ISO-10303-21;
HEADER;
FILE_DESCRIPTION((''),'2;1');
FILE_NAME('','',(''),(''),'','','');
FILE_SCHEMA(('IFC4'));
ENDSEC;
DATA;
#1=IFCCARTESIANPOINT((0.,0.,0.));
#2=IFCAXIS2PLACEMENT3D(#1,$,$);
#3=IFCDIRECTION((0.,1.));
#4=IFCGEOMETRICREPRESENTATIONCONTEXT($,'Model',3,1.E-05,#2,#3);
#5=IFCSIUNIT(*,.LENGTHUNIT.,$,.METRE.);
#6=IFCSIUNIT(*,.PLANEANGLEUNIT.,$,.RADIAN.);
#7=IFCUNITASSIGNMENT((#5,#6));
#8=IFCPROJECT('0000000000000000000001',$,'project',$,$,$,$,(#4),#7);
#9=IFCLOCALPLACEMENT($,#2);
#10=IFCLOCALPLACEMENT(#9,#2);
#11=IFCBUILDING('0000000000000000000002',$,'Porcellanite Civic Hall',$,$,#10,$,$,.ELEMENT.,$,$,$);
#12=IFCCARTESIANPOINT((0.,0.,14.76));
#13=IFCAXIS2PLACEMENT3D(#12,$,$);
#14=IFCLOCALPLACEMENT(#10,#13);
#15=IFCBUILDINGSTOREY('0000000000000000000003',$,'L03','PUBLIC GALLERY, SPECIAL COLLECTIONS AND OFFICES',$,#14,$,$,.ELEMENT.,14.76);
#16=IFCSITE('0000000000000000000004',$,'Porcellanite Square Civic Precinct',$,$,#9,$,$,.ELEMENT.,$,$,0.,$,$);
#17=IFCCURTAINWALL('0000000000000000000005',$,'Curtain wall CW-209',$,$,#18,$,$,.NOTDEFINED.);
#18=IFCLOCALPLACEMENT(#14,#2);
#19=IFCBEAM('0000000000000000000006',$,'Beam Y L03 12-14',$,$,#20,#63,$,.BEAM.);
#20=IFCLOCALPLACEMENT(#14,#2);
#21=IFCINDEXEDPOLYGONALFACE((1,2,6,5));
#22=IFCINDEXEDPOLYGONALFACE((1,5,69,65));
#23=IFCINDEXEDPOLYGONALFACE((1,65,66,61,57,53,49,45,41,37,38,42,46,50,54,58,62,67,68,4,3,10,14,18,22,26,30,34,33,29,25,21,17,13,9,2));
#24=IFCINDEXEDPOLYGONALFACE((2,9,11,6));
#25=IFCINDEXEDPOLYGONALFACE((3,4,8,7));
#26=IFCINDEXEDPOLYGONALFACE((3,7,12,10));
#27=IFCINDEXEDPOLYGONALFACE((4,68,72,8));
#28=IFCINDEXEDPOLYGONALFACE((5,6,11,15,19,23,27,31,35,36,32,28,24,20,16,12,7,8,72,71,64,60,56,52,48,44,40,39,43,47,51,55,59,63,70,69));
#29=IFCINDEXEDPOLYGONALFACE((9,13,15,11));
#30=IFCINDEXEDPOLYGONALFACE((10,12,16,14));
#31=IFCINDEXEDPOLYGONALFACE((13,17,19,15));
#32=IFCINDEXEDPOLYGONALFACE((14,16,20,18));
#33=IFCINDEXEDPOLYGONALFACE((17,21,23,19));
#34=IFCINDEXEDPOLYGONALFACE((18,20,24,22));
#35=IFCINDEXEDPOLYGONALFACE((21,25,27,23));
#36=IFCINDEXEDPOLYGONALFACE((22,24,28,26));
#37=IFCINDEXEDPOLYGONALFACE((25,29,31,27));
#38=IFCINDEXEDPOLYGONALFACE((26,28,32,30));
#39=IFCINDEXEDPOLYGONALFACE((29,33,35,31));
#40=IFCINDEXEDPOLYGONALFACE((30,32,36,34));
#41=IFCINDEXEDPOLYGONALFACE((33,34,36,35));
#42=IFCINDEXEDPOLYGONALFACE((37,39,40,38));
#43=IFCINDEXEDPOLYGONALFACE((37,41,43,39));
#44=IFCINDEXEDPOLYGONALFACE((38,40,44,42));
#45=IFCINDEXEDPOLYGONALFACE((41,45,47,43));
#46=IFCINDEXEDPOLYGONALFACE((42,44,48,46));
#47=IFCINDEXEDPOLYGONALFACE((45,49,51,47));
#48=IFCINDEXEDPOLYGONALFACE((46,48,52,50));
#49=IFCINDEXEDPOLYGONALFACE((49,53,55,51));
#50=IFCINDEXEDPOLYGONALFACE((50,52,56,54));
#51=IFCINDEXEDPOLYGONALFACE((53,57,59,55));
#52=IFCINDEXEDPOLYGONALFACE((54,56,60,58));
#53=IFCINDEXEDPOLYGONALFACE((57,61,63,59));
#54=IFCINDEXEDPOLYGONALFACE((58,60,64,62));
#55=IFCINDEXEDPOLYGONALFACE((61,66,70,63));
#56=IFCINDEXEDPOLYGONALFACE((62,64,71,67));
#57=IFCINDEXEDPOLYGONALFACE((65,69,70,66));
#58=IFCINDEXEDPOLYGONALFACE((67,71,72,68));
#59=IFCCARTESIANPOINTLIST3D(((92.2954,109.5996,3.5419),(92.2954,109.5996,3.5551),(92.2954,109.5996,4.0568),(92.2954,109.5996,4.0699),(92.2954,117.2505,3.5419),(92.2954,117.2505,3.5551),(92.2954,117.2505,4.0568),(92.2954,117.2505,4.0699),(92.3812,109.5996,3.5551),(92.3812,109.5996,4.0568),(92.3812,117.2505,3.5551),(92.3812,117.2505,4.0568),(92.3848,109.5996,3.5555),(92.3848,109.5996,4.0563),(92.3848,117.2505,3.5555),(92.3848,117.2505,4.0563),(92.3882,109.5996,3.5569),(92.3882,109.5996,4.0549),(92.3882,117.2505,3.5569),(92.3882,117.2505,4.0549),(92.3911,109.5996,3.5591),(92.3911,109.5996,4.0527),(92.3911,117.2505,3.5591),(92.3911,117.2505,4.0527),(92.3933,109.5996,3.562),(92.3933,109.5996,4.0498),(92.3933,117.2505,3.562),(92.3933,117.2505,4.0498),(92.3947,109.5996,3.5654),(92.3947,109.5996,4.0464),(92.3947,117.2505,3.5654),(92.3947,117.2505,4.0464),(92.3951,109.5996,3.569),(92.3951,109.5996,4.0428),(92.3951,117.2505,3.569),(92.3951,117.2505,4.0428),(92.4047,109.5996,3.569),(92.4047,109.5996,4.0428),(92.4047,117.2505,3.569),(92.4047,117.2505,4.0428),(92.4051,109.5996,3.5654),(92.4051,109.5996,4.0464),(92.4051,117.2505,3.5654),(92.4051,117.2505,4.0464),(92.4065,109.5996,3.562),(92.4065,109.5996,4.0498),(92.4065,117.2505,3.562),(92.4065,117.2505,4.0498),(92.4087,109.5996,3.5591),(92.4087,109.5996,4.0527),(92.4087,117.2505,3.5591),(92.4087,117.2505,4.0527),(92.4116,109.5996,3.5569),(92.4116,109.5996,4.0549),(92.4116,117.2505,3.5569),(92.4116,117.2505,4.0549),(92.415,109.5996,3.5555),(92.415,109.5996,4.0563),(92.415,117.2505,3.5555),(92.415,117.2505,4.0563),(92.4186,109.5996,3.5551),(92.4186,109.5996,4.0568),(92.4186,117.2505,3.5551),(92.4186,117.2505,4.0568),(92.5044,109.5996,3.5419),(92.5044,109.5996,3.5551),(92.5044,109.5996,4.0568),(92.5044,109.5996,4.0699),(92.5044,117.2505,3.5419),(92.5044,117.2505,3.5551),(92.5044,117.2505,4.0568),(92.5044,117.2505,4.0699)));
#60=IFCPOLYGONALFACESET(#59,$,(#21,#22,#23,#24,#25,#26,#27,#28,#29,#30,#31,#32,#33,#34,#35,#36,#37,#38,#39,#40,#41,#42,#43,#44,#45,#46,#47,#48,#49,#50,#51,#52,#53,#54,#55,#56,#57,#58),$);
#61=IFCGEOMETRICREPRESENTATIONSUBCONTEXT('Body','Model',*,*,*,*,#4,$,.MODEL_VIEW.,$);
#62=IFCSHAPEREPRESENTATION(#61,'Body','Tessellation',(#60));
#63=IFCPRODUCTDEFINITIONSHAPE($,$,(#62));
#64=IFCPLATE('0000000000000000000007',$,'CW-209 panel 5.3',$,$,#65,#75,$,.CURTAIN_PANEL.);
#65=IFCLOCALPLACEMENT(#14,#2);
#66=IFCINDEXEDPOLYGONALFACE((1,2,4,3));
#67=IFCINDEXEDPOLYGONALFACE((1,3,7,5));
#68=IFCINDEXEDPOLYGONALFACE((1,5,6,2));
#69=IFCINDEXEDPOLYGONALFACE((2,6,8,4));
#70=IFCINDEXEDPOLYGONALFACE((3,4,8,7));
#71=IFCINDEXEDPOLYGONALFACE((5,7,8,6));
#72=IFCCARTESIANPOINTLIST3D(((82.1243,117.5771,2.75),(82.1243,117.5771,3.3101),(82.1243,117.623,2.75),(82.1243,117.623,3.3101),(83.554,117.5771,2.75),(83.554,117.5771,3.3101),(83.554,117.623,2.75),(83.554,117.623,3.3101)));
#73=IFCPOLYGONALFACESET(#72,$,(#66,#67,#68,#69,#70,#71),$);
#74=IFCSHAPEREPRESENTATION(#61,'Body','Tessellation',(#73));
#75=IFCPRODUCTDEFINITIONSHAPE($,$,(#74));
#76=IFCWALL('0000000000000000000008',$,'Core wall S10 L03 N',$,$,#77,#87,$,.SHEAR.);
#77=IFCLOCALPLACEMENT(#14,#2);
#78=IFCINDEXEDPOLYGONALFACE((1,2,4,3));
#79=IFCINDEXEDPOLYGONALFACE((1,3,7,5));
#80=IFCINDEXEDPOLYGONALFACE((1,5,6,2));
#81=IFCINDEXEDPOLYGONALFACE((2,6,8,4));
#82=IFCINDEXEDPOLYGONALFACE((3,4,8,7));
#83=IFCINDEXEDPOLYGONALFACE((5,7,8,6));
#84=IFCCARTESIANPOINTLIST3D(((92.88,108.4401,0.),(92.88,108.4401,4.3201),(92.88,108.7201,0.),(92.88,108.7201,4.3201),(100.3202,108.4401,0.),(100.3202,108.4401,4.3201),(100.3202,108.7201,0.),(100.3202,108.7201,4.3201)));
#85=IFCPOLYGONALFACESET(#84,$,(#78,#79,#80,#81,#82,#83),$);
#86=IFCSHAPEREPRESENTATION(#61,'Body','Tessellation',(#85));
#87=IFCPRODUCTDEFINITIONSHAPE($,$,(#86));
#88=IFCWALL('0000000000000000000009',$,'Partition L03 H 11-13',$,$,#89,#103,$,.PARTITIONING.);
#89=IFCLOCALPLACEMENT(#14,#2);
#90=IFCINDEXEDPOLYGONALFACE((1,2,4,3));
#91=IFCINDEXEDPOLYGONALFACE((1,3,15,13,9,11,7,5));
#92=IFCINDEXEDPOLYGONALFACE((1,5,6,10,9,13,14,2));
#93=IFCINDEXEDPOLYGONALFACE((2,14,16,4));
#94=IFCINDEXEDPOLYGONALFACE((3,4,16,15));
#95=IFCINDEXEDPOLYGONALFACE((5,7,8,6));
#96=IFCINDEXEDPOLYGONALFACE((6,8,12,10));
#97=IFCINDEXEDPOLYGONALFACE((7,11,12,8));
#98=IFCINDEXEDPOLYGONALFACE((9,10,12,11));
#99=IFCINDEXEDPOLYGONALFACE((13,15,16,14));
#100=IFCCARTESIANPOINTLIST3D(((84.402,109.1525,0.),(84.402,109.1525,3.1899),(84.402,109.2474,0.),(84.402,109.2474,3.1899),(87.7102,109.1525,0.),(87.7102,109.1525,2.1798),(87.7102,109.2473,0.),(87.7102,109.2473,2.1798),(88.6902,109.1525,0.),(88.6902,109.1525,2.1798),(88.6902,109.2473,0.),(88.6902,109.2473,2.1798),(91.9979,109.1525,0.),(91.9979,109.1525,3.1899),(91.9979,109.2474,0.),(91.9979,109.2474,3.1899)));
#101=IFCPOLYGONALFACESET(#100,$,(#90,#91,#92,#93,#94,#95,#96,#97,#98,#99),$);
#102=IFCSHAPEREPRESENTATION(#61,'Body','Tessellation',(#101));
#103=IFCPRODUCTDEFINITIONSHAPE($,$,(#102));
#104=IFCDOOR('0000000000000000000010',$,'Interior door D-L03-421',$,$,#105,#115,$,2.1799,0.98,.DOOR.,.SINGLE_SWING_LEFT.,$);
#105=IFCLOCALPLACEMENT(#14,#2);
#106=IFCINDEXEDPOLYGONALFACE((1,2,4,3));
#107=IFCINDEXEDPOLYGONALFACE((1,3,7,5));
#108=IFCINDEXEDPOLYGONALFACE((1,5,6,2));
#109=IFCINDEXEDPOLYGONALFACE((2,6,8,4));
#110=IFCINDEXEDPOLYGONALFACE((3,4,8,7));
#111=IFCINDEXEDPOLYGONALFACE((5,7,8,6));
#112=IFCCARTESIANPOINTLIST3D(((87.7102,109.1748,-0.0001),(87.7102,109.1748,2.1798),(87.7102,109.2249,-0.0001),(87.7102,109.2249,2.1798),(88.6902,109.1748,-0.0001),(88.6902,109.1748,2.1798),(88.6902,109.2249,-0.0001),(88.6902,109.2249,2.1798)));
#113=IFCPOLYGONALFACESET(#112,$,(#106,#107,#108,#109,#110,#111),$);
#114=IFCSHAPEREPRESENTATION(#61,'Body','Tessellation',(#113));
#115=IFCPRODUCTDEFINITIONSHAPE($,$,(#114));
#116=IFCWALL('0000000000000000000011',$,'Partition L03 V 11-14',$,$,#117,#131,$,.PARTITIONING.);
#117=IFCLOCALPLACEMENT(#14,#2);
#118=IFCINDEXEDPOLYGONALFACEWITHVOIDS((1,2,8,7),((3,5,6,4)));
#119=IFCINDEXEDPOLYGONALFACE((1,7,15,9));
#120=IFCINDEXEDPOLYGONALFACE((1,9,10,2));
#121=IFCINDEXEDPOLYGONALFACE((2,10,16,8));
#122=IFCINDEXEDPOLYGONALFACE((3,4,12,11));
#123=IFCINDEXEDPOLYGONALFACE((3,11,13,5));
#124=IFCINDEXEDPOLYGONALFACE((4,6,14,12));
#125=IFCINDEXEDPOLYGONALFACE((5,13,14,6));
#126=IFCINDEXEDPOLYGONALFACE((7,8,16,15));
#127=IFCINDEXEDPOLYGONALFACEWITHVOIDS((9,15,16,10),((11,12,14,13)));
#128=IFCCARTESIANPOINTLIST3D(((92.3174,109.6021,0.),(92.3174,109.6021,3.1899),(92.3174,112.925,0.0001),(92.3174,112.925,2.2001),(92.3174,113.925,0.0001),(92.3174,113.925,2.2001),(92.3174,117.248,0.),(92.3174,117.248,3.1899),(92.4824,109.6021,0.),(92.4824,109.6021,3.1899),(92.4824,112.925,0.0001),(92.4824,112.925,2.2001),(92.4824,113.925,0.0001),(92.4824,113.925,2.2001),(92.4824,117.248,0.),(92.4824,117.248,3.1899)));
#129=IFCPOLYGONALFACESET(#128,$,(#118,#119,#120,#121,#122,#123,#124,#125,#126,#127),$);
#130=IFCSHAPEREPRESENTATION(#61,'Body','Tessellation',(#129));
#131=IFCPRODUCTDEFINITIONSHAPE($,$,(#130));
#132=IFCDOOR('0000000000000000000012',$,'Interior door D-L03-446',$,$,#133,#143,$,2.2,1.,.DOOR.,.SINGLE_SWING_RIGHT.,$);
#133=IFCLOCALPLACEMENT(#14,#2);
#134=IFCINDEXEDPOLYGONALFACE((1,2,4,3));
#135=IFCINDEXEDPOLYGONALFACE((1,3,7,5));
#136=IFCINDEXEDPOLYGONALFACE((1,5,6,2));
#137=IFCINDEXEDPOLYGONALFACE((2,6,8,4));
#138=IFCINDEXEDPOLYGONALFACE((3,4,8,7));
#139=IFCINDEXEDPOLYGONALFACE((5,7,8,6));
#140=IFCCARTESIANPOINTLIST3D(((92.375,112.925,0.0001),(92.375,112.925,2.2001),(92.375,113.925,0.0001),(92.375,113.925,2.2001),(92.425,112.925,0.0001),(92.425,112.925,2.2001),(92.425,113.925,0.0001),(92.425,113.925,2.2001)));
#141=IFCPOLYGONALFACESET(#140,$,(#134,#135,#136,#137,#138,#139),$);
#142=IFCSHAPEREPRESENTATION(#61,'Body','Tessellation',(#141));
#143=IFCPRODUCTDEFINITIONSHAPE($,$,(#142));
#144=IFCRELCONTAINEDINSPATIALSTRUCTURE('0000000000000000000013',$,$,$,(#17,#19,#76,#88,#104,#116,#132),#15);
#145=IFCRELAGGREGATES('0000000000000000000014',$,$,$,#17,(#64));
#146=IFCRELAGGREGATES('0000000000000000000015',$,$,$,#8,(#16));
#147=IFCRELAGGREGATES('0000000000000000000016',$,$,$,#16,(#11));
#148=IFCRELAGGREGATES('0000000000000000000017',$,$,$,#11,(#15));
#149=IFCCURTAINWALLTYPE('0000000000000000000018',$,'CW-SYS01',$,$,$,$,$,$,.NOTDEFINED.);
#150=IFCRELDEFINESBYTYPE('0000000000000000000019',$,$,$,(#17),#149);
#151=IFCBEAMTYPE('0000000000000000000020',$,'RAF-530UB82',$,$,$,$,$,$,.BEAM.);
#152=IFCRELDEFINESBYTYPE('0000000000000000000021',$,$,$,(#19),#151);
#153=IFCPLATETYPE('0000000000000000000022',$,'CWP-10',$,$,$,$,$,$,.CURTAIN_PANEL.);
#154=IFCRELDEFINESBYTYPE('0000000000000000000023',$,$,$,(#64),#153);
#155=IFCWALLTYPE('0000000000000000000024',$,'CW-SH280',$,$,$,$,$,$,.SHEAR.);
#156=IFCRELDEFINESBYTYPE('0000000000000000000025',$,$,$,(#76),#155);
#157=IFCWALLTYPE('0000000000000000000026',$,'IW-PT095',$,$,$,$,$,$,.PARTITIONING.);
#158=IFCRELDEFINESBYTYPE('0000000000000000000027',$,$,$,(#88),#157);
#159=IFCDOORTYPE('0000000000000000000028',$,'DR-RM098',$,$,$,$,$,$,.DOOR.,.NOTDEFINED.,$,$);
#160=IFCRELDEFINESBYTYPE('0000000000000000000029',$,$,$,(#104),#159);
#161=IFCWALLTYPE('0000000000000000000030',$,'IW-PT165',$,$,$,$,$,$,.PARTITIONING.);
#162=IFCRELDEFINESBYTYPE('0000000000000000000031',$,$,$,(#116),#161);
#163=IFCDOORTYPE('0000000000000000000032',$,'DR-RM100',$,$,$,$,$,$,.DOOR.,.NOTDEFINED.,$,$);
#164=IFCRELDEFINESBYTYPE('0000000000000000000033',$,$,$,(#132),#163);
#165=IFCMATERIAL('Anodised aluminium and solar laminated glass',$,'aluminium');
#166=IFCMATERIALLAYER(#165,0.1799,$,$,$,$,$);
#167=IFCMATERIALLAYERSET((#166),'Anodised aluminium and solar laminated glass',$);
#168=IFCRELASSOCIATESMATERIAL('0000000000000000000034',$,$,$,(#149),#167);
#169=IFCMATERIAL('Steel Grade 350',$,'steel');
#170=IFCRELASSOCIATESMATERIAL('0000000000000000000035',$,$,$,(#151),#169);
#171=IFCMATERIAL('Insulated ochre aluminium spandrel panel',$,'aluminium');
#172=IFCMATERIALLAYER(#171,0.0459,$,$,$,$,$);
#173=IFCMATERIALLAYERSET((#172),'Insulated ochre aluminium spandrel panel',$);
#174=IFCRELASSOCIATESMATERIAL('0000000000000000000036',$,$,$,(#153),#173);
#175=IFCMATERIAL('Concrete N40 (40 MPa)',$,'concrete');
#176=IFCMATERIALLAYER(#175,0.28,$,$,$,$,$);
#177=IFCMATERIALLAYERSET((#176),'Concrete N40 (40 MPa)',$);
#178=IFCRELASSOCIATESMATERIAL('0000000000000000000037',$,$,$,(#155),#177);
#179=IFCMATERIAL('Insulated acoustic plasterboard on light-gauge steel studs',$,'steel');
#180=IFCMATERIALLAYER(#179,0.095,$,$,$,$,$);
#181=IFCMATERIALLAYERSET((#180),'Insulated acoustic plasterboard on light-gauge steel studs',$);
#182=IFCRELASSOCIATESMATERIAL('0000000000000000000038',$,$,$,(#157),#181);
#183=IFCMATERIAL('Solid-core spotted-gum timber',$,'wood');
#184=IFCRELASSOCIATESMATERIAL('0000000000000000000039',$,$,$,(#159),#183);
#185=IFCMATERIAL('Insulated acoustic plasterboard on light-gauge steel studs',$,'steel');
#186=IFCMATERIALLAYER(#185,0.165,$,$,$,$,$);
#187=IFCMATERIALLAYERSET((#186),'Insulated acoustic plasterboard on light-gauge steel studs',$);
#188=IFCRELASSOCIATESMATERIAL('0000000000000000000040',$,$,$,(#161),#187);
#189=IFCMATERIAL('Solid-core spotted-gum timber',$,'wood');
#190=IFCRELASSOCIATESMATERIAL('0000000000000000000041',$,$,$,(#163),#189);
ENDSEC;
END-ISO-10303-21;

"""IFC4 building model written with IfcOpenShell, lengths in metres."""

from ifc_helpers import new_model, si_unit, direction, frame, frame_2d, origin, origin_2d, place, context, subcontext, project, spatial, rectangle, i_section, extrude, material, layer, layer_set, material_profile, profile_set, type_object, element, fill, aggregate, save


model = new_model("IFC4")

# Units and contexts
model_context = context("Model", 3, precision=1e-05, world=origin(), true_north=direction((0.0, 1.0)))
body_context = subcontext(model_context, "Body", "Model", "MODEL_VIEW")
ifc_project = project(units=[si_unit("LENGTHUNIT", "METRE"), si_unit("PLANEANGLEUNIT", "RADIAN")], contexts=[model_context])

# Site, building, storey
site_placement = place(None, origin())
site = spatial("IfcSite", under=ifc_project, at=site_placement, Name="Porcellanite Square Civic Precinct", CompositionType="ELEMENT", RefElevation=0.0)
building_placement = place(site_placement, origin())
building = spatial("IfcBuilding", under=site, at=building_placement, Name="Porcellanite Civic Hall", CompositionType="ELEMENT")
storey_placement = place(building_placement, frame((0.0, 0.0, 14.76)))
storey = spatial("IfcBuildingStorey", under=building, at=storey_placement, Name="L03", Description="PUBLIC GALLERY, SPECIAL COLLECTIONS AND OFFICES", CompositionType="ELEMENT", Elevation=14.76)

# Curtain wall
ifc_material_1 = material(Name="Anodised aluminium and solar laminated glass", Category="aluminium")
ifc_layer_1 = layer(ifc_material_1, 0.1799)
ifc_layer_set_1 = layer_set([ifc_layer_1], Name="Anodised aluminium and solar laminated glass")
curtain_wall_type = type_object("IfcCurtainWallType", Name="CW-SYS01", PredefinedType="NOTDEFINED", material=ifc_layer_set_1)
curtain_wall_placement = place(storey_placement, origin())
curtain_wall = element("IfcCurtainWall", 1, at=curtain_wall_placement, inside=storey, type_object=curtain_wall_type, Name="Curtain wall CW-209", PredefinedType="NOTDEFINED")

# Beam
ifc_material_2 = material(Name="Steel Grade 350", Category="steel")
ifc_material_profile_1 = material_profile(ifc_material_2, i_section(OverallWidth=0.209, OverallDepth=0.5281, WebThickness=0.0095, FlangeThickness=0.0132, FilletRadius=0.0139, at=origin_2d()), Name="530UB82.0")
ifc_profile_set_1 = profile_set([ifc_material_profile_1], Name="Steel Grade 350")
beam_type_1 = type_object("IfcBeamType", Name="RAF-530UB82", PredefinedType="BEAM", material=ifc_profile_set_1)
beam_1_placement = place(storey_placement, frame((92.3999, 109.5996, 3.8059), z_axis=(0.0, 1.0, 0.0), x_axis=(-1.0, 0.0, 0.0)))
element("IfcBeam", 2, at=beam_1_placement, inside=storey, type_object=beam_type_1, Name="Beam Y L03 12-14", PredefinedType="BEAM", context=body_context, shape_type="SweptSolid", body=[
    extrude(i_section(OverallWidth=0.209, OverallDepth=0.5281, WebThickness=0.0095, FlangeThickness=0.0132, FilletRadius=0.0139, at=origin_2d()), origin(), (0.0, 0.0, 1.0), 7.6509),
])

# Plate
ifc_material_3 = material(Name="Insulated ochre aluminium spandrel panel", Category="aluminium")
ifc_layer_2 = layer(ifc_material_3, 0.0459)
ifc_layer_set_2 = layer_set([ifc_layer_2], Name="Insulated ochre aluminium spandrel panel")
plate_type = type_object("IfcPlateType", Name="CWP-10", PredefinedType="CURTAIN_PANEL", material=ifc_layer_set_2)
plate_placement = place(storey_placement, frame((82.8391, 117.6001, 2.75), z_axis=(0.0, 0.0, 1.0), x_axis=(1.0, 0.0, 0.0)))
plate = element("IfcPlate", 3, at=plate_placement, type_object=plate_type, Name="CW-209 panel 5.3", PredefinedType="CURTAIN_PANEL", context=body_context, shape_type="SweptSolid", body=[
    extrude(rectangle(XDim=1.4297, YDim=0.0459, at=origin_2d()), origin(), (0.0, 0.0, 1.0), 0.5601),
])
aggregate(curtain_wall, [plate])

# Shared definitions
ifc_material_4 = material(Name="Concrete N40 (40 MPa)", Category="concrete")
ifc_layer_3 = layer(ifc_material_4, 0.28)
ifc_layer_set_3 = layer_set([ifc_layer_3], Name="Concrete N40 (40 MPa)")
wall_type_1 = type_object("IfcWallType", Name="CW-SH280", PredefinedType="SHEAR", material=ifc_layer_set_3)

# Wall
wall_1_placement = place(storey_placement, frame((92.8799, 108.5801, 0.0), z_axis=(0.0, 0.0, 1.0), x_axis=(1.0, 0.0, 0.0)))
element("IfcWall", 4, at=wall_1_placement, inside=storey, type_object=wall_type_1, Name="Core wall S10 L03 N", PredefinedType="SHEAR", context=body_context, shape_type="SweptSolid", body=[
    extrude(rectangle(XDim=7.4402, YDim=0.28, at=frame_2d((3.7202, 0.0))), origin(), (0.0, 0.0, 1.0), 4.3201),
])

# Walls, openings, doors
ifc_material_5 = material(Name="Insulated acoustic plasterboard on light-gauge steel studs", Category="steel")
ifc_layer_4 = layer(ifc_material_5, 0.095)
ifc_layer_set_4 = layer_set([ifc_layer_4], Name="Insulated acoustic plasterboard on light-gauge steel studs")
wall_type_2 = type_object("IfcWallType", Name="IW-PT095", PredefinedType="PARTITIONING", material=ifc_layer_set_4)
wall_2_placement = place(storey_placement, frame((84.4021, 109.2, 0.0), z_axis=(0.0, 0.0, 1.0), x_axis=(1.0, 0.0, 0.0)))
wall_2 = element("IfcWall", 5, at=wall_2_placement, inside=storey, type_object=wall_type_2, Name="Partition L03 H 11-13", PredefinedType="PARTITIONING", context=body_context, shape_type="SweptSolid", body=[
    extrude(rectangle(XDim=7.5959, YDim=0.095, at=frame_2d((3.7979, 0.0))), origin(), (0.0, 0.0, 1.0), 3.1899),
])
opening_1_placement = place(wall_2_placement, frame((3.3081, 0.0, 0.0)))
opening_1 = element("IfcOpeningElement", 6, at=opening_1_placement, cuts=wall_2, PredefinedType="OPENING", context=body_context, shape_type="SweptSolid", body=[
    extrude(rectangle(XDim=0.98, YDim=2.1799, at=frame_2d((0.49, 1.0898))), frame((0.0, 0.0474, 0.0), z_axis=(0.0, -1.0, 0.0), x_axis=(1.0, 0.0, 0.0)), (0.0, 0.0, 1.0), 0.095),
])
ifc_material_6 = material(Name="Solid-core spotted-gum timber", Category="wood")
door_type_1 = type_object("IfcDoorType", Name="DR-RM098", OperationType="NOTDEFINED", PredefinedType="DOOR", material=ifc_material_6)
door_1_placement = place(opening_1_placement, origin())
door_1 = element("IfcDoor", 7, at=door_1_placement, inside=storey, type_object=door_type_1, Name="Interior door D-L03-421", OperationType="SINGLE_SWING_LEFT", OverallHeight=2.1799, OverallWidth=0.98, PredefinedType="DOOR", context=body_context, shape_type="SweptSolid", body=[
    extrude(rectangle(XDim=0.98, YDim=2.1799, at=frame_2d((0.49, 1.0898))), frame((0.0, 0.0249, 0.0), z_axis=(0.0, -1.0, 0.0), x_axis=(1.0, 0.0, 0.0)), (0.0, 0.0, 1.0), 0.05),
])
fill(opening_1, door_1)
ifc_material_7 = material(Name="Insulated acoustic plasterboard on light-gauge steel studs", Category="steel")
ifc_layer_5 = layer(ifc_material_7, 0.165)
ifc_layer_set_5 = layer_set([ifc_layer_5], Name="Insulated acoustic plasterboard on light-gauge steel studs")
wall_type_3 = type_object("IfcWallType", Name="IW-PT165", PredefinedType="PARTITIONING", material=ifc_layer_set_5)
wall_3_placement = place(storey_placement, frame((92.3999, 109.6021, 0.0), z_axis=(0.0, 0.0, 1.0), x_axis=(0.0, 1.0, 0.0)))
wall_3 = element("IfcWall", 8, at=wall_3_placement, inside=storey, type_object=wall_type_3, Name="Partition L03 V 11-14", PredefinedType="PARTITIONING", context=body_context, shape_type="SweptSolid", body=[
    extrude(rectangle(XDim=7.646, YDim=0.165, at=frame_2d((3.823, 0.0))), origin(), (0.0, 0.0, 1.0), 3.1899),
])
opening_2_placement = place(wall_3_placement, frame((3.323, 0.0, 0.0)))
opening_2 = element("IfcOpeningElement", 9, at=opening_2_placement, cuts=wall_3, PredefinedType="OPENING", context=body_context, shape_type="SweptSolid", body=[
    extrude(rectangle(XDim=1.0, YDim=2.2, at=frame_2d((0.5, 1.1001))), frame((0.0, 0.0825, 0.0), z_axis=(0.0, -1.0, 0.0), x_axis=(1.0, 0.0, 0.0)), (0.0, 0.0, 1.0), 0.165),
])
ifc_material_8 = material(Name="Solid-core spotted-gum timber", Category="wood")
door_type_2 = type_object("IfcDoorType", Name="DR-RM100", OperationType="NOTDEFINED", PredefinedType="DOOR", material=ifc_material_8)
door_2_placement = place(opening_2_placement, origin())
door_2 = element("IfcDoor", 10, at=door_2_placement, inside=storey, type_object=door_type_2, Name="Interior door D-L03-446", OperationType="SINGLE_SWING_RIGHT", OverallHeight=2.2, OverallWidth=1.0, PredefinedType="DOOR", context=body_context, shape_type="SweptSolid", body=[
    extrude(rectangle(XDim=1.0, YDim=2.2, at=frame_2d((0.5, 1.1001))), frame((0.0, 0.0249, 0.0), z_axis=(0.0, -1.0, 0.0), x_axis=(1.0, 0.0, 0.0)), (0.0, 0.0, 1.0), 0.05),
])
fill(opening_2, door_2)

save(model, "model.ifc")
